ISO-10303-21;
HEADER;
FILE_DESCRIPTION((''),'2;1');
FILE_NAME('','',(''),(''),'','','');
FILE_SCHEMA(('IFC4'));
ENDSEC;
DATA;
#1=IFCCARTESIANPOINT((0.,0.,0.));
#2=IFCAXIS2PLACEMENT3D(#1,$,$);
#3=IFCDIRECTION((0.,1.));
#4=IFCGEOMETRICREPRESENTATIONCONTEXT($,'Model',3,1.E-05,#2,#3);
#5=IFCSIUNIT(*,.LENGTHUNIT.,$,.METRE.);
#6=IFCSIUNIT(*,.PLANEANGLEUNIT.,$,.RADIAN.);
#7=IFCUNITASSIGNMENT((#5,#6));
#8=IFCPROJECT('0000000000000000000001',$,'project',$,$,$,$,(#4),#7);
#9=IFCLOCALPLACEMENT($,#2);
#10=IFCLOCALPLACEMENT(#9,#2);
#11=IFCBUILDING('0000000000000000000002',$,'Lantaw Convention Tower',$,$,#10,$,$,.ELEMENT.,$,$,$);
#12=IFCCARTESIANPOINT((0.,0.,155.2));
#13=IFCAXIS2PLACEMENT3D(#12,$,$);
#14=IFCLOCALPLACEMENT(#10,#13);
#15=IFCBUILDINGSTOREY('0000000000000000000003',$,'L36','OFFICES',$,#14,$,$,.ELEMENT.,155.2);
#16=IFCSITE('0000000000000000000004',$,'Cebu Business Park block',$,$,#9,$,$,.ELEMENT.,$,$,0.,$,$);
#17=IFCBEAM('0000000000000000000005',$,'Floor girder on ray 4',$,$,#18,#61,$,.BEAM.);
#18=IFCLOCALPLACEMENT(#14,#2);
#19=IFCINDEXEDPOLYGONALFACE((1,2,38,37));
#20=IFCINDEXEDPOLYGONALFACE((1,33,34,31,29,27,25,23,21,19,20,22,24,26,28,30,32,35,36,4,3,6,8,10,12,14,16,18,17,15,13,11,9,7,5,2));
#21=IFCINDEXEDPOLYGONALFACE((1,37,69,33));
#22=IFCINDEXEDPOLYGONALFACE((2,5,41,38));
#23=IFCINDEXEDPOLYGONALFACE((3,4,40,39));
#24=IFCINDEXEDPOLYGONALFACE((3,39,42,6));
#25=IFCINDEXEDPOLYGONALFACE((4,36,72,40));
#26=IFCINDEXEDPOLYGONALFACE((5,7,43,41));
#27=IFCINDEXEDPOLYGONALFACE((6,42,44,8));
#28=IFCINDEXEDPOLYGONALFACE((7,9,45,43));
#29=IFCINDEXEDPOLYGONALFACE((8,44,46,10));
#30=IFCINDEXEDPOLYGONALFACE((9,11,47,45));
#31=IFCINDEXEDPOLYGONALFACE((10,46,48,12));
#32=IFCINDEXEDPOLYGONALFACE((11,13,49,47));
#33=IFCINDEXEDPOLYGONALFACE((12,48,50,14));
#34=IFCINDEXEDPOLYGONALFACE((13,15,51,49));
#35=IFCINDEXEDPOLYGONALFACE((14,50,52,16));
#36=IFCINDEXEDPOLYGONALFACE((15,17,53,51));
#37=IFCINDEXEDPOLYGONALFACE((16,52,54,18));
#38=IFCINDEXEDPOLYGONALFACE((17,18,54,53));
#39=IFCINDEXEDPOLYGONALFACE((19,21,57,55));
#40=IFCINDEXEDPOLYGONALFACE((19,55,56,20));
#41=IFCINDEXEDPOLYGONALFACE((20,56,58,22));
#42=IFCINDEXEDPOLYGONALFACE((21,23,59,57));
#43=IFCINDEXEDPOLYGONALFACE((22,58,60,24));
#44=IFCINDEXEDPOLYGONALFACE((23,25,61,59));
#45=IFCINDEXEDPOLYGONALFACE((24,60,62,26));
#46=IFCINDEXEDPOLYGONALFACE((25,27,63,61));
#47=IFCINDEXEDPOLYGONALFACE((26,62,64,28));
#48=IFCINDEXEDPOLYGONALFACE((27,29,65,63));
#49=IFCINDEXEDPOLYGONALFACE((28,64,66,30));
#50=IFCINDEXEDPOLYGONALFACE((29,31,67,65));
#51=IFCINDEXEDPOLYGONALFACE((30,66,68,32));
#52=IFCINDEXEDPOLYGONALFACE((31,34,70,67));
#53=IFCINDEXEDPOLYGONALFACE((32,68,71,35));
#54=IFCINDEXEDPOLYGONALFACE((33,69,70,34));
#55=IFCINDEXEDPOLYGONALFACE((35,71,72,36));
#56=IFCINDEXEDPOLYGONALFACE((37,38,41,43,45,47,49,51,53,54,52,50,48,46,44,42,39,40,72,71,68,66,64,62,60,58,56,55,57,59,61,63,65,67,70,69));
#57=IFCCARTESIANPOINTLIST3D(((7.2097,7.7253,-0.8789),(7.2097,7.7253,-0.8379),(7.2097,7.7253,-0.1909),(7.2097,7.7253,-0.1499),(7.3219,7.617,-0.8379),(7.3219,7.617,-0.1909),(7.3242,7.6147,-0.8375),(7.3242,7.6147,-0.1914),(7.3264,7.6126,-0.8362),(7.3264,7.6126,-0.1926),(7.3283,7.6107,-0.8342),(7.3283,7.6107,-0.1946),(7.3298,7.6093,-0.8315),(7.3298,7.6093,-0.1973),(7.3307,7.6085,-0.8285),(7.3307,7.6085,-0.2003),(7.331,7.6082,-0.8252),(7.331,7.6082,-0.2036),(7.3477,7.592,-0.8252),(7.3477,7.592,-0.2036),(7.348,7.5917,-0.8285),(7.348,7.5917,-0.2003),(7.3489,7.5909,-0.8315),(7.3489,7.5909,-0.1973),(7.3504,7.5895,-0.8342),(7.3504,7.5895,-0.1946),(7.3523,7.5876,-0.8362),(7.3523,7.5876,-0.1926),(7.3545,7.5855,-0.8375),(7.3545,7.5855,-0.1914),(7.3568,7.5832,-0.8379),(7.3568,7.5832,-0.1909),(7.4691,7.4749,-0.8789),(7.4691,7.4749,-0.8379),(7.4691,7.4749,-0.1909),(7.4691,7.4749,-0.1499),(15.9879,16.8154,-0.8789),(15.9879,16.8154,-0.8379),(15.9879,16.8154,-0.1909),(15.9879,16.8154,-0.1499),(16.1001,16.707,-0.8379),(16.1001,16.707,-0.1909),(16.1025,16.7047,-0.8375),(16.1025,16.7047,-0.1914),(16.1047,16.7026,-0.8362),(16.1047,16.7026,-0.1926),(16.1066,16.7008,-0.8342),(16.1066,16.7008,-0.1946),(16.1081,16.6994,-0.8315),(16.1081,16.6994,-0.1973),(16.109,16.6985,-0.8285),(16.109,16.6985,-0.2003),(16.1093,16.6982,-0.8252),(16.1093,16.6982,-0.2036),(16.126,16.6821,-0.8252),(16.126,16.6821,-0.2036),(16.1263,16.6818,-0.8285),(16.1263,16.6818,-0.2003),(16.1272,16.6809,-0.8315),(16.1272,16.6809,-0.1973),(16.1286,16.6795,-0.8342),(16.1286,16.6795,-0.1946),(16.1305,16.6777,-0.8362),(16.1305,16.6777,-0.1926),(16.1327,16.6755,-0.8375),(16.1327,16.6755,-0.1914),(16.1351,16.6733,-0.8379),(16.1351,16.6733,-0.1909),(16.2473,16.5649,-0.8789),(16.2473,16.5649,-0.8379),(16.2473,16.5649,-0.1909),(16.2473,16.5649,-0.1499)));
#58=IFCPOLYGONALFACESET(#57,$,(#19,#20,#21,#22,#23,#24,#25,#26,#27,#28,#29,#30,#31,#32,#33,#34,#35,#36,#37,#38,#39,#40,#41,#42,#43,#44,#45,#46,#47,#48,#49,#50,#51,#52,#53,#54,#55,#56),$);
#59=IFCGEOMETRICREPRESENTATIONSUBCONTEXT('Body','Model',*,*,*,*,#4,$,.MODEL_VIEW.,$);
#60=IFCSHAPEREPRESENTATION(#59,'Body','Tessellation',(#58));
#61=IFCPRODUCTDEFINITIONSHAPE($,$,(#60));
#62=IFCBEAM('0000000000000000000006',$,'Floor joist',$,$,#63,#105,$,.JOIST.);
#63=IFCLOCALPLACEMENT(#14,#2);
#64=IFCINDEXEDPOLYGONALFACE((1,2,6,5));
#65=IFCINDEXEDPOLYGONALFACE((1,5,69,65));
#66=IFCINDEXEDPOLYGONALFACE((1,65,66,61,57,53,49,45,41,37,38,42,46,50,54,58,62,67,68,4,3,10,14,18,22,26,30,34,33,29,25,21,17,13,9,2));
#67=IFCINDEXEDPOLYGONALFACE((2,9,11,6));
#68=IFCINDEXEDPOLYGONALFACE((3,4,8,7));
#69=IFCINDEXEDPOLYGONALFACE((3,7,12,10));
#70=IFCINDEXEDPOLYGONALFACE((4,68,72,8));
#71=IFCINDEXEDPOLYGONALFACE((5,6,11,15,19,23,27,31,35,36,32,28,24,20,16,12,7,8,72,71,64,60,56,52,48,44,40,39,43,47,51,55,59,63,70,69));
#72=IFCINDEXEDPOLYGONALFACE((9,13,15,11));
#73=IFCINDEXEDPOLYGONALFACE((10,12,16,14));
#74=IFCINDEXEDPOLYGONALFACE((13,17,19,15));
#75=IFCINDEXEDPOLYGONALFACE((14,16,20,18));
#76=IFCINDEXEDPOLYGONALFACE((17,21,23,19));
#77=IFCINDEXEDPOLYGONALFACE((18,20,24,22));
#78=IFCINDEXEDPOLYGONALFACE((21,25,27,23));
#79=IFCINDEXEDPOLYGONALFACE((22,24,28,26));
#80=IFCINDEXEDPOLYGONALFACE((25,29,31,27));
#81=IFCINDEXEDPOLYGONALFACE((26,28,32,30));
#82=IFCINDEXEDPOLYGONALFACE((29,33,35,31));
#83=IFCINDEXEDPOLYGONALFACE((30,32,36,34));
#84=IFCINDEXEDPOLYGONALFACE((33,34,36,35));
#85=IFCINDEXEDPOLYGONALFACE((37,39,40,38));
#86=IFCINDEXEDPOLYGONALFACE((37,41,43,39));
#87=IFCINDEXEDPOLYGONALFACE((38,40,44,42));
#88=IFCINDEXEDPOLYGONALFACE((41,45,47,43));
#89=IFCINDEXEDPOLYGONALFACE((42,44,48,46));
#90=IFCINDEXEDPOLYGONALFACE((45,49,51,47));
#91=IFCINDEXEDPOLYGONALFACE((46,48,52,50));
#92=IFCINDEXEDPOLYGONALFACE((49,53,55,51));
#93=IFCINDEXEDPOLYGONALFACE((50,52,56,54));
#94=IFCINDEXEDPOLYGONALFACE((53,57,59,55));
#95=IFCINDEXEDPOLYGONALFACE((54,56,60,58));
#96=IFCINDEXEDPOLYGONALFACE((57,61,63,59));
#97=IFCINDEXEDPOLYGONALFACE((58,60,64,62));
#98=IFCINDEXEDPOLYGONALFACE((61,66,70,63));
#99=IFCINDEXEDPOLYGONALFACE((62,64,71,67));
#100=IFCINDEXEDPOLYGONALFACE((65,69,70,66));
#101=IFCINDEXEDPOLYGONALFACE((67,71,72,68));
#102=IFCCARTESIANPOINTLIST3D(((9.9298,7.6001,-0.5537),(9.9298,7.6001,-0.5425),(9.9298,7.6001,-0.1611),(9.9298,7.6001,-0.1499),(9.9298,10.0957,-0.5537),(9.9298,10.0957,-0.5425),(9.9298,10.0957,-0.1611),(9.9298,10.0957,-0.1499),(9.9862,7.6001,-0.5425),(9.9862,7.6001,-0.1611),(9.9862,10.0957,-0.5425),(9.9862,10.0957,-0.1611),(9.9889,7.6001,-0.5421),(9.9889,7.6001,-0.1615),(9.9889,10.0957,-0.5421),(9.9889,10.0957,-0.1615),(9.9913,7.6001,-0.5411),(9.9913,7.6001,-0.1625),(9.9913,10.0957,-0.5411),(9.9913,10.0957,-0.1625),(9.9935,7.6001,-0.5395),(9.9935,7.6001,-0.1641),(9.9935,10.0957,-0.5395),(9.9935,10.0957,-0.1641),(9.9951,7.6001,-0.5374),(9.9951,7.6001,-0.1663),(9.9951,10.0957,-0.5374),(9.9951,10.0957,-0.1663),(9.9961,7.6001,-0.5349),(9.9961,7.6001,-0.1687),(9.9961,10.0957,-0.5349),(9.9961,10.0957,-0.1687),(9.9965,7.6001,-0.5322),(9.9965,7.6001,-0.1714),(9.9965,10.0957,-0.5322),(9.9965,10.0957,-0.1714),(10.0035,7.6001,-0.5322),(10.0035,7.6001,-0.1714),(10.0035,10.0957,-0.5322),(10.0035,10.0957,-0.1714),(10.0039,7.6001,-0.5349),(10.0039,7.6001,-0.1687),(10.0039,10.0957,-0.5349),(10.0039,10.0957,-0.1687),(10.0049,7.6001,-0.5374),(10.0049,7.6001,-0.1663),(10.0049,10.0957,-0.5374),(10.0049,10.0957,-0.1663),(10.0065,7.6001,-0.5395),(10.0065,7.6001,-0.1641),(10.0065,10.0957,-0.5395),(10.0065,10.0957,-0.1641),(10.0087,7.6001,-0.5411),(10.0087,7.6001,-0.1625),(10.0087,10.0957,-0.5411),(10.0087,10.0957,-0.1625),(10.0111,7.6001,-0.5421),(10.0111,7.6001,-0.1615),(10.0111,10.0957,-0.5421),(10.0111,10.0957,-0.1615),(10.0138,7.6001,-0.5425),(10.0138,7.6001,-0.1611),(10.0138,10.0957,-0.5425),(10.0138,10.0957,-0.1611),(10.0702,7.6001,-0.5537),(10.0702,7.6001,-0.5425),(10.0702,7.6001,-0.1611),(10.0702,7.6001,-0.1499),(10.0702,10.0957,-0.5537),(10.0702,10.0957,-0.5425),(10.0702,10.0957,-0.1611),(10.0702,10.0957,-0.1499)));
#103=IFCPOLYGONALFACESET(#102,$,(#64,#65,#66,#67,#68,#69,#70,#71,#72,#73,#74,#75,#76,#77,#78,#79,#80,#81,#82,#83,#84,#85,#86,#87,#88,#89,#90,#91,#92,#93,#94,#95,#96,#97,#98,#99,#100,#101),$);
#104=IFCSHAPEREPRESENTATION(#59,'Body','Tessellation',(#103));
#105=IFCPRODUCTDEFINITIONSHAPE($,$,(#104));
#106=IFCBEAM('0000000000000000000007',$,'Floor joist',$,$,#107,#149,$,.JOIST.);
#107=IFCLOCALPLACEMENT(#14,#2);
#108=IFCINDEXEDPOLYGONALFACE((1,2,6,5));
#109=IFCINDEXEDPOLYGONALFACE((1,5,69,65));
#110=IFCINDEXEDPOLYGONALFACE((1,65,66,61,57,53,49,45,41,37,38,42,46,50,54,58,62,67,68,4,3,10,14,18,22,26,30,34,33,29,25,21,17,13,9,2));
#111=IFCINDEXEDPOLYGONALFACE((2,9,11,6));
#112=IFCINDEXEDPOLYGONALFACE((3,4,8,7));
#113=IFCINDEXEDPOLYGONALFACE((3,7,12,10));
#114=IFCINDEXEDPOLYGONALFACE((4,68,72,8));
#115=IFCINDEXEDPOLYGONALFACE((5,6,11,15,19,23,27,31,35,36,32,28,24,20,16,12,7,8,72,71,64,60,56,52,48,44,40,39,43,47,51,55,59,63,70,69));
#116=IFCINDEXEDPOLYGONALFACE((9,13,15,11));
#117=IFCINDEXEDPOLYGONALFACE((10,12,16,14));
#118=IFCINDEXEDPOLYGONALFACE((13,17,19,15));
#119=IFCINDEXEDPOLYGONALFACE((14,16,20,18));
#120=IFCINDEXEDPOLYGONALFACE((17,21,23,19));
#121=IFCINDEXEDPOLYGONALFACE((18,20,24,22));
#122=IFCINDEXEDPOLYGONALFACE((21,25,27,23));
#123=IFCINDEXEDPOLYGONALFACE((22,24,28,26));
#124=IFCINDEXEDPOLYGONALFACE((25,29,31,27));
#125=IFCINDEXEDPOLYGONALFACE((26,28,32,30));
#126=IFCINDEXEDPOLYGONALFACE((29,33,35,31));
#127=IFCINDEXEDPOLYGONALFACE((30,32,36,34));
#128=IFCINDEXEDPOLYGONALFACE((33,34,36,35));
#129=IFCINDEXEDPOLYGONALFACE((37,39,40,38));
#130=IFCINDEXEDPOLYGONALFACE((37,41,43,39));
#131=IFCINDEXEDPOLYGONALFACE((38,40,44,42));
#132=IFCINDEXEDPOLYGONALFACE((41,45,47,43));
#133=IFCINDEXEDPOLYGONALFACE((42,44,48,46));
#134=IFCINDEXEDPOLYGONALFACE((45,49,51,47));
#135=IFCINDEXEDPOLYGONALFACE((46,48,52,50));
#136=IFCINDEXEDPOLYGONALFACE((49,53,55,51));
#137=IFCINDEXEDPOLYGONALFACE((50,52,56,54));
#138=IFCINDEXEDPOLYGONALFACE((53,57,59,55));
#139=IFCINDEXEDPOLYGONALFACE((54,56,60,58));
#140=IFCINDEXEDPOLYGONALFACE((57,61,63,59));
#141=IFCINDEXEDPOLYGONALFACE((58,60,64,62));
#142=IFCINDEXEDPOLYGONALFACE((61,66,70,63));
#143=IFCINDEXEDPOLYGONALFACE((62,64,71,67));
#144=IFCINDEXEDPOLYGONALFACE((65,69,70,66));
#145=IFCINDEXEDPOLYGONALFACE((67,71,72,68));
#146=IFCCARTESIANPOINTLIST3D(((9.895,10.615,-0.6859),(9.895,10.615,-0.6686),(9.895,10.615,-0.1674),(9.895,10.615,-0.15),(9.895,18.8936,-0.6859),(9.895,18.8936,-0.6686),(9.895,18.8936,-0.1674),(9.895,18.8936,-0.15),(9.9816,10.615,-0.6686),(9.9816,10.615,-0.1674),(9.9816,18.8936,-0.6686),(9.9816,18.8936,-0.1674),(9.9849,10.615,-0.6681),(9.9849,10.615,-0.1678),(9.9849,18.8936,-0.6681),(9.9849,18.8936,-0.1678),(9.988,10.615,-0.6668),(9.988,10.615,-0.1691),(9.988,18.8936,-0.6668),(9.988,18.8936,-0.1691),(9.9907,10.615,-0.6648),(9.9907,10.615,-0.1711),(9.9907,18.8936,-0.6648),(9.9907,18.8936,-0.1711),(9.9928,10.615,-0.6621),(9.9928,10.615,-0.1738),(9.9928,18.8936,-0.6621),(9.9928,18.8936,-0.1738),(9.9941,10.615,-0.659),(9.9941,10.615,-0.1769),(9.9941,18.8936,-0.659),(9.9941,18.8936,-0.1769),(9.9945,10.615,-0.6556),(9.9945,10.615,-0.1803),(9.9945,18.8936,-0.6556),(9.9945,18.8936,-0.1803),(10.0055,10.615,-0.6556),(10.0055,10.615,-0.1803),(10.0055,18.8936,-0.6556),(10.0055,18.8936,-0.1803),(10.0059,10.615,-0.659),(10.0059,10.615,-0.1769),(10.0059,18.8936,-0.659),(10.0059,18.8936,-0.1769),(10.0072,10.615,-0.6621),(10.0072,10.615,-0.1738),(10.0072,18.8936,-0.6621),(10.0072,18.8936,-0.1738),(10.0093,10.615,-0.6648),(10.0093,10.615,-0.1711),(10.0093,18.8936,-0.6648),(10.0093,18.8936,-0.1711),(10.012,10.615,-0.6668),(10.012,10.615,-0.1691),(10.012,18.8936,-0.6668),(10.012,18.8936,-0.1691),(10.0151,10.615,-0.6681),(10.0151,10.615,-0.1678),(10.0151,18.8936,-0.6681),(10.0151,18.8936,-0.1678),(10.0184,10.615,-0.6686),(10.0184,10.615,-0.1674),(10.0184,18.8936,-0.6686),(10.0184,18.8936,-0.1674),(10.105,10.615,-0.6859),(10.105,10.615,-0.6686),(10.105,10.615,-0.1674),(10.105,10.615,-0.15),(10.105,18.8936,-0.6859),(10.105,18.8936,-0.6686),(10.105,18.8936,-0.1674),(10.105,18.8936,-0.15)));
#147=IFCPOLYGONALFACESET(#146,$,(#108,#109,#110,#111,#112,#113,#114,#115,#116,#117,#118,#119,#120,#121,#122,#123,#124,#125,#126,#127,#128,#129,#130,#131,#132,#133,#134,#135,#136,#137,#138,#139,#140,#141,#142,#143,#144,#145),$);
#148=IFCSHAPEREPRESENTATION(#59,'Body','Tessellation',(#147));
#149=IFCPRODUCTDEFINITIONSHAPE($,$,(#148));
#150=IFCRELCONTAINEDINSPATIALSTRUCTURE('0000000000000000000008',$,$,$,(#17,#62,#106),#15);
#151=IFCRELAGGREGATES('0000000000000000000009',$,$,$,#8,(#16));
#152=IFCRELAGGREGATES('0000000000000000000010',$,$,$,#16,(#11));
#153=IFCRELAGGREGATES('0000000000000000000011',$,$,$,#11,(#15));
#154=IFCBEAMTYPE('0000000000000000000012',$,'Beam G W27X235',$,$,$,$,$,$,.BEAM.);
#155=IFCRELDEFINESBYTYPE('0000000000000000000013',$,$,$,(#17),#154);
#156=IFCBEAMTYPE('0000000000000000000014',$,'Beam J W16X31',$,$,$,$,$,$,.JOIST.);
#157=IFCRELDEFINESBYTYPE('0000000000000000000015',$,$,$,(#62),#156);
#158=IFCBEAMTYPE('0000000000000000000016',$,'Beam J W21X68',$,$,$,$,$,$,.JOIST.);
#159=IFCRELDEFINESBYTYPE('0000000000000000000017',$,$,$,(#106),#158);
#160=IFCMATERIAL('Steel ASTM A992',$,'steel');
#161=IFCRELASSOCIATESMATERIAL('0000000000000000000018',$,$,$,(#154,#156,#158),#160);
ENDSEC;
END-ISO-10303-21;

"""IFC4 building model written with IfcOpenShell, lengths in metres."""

from ifc_helpers import new_model, si_unit, direction, frame, origin, origin_2d, place, context, subcontext, project, spatial, i_section, extrude, material, material_profile, profile_set, type_object, element, save


model = new_model("IFC4")

# Units and contexts
model_context = context("Model", 3, precision=1e-05, world=origin(), true_north=direction((0.0, 1.0)))
body_context = subcontext(model_context, "Body", "Model", "MODEL_VIEW")
ifc_project = project(units=[si_unit("LENGTHUNIT", "METRE"), si_unit("PLANEANGLEUNIT", "RADIAN")], contexts=[model_context])

# Site, building, storey
site_placement = place(None, origin())
site = spatial("IfcSite", under=ifc_project, at=site_placement, Name="Cebu Business Park block", CompositionType="ELEMENT", RefElevation=0.0)
building_placement = place(site_placement, origin())
building = spatial("IfcBuilding", under=site, at=building_placement, Name="Lantaw Convention Tower", CompositionType="ELEMENT")
storey_placement = place(building_placement, frame((0.0, 0.0, 155.2)))
storey = spatial("IfcBuildingStorey", under=building, at=storey_placement, Name="L36", Description="OFFICES", CompositionType="ELEMENT", Elevation=155.2)

# Beams
ifc_material_1 = material(Name="Steel ASTM A992", Category="steel")
ifc_material_profile_1 = material_profile(ifc_material_1, i_section(OverallWidth=0.3606, OverallDepth=0.729, WebThickness=0.0232, FlangeThickness=0.041, FilletRadius=0.0127, at=origin_2d()), Name="W27X235")
ifc_profile_set_1 = profile_set([ifc_material_profile_1], Name="Steel ASTM A992")
beam_type_1 = type_object("IfcBeamType", Name="Beam G W27X235", PredefinedType="BEAM", material=ifc_profile_set_1)
beam_1_placement = place(storey_placement, frame((7.3394, 7.6001, -0.5144), z_axis=(0.694663, 0.719335, 0.0), x_axis=(-0.719335, 0.694663, 0.0)))
element("IfcBeam", 1, at=beam_1_placement, inside=storey, type_object=beam_type_1, Name="Floor girder on ray 4", PredefinedType="BEAM", context=body_context, shape_type="SweptSolid", body=[
    extrude(i_section(OverallWidth=0.3606, OverallDepth=0.729, WebThickness=0.0232, FlangeThickness=0.041, FilletRadius=0.0127, at=origin_2d()), origin(), (0.0, 0.0, 1.0), 12.6367),
])
ifc_material_profile_2 = material_profile(ifc_material_1, i_section(OverallWidth=0.1404, OverallDepth=0.4038, WebThickness=0.0071, FlangeThickness=0.0112, FilletRadius=0.0103, at=origin_2d()), Name="W16X31")
ifc_profile_set_2 = profile_set([ifc_material_profile_2], Name="Steel ASTM A992")
beam_type_2 = type_object("IfcBeamType", Name="Beam J W16X31", PredefinedType="JOIST", material=ifc_profile_set_2)
beam_2_placement = place(storey_placement, frame((10.0, 7.6001, -0.3518), z_axis=(0.0, 1.0, 0.0), x_axis=(-1.0, 0.0, 0.0)))
element("IfcBeam", 2, at=beam_2_placement, inside=storey, type_object=beam_type_2, Name="Floor joist", PredefinedType="JOIST", context=body_context, shape_type="SweptSolid", body=[
    extrude(i_section(OverallWidth=0.1404, OverallDepth=0.4038, WebThickness=0.0071, FlangeThickness=0.0112, FilletRadius=0.0103, at=origin_2d()), origin(), (0.0, 0.0, 1.0), 2.4956),
])
ifc_material_profile_3 = material_profile(ifc_material_1, i_section(OverallWidth=0.21, OverallDepth=0.5359, WebThickness=0.011, FlangeThickness=0.0173, FilletRadius=0.0129, at=origin_2d()), Name="W21X68")
ifc_profile_set_3 = profile_set([ifc_material_profile_3], Name="Steel ASTM A992")
beam_type_3 = type_object("IfcBeamType", Name="Beam J W21X68", PredefinedType="JOIST", material=ifc_profile_set_3)
beam_3_placement = place(storey_placement, frame((10.0, 10.615, -0.418), z_axis=(0.0, 1.0, 0.0), x_axis=(-1.0, 0.0, 0.0)))
element("IfcBeam", 3, at=beam_3_placement, inside=storey, type_object=beam_type_3, Name="Floor joist", PredefinedType="JOIST", context=body_context, shape_type="SweptSolid", body=[
    extrude(i_section(OverallWidth=0.21, OverallDepth=0.5359, WebThickness=0.011, FlangeThickness=0.0173, FilletRadius=0.0129, at=origin_2d()), origin(), (0.0, 0.0, 1.0), 8.2786),
])

save(model, "model.ifc")
